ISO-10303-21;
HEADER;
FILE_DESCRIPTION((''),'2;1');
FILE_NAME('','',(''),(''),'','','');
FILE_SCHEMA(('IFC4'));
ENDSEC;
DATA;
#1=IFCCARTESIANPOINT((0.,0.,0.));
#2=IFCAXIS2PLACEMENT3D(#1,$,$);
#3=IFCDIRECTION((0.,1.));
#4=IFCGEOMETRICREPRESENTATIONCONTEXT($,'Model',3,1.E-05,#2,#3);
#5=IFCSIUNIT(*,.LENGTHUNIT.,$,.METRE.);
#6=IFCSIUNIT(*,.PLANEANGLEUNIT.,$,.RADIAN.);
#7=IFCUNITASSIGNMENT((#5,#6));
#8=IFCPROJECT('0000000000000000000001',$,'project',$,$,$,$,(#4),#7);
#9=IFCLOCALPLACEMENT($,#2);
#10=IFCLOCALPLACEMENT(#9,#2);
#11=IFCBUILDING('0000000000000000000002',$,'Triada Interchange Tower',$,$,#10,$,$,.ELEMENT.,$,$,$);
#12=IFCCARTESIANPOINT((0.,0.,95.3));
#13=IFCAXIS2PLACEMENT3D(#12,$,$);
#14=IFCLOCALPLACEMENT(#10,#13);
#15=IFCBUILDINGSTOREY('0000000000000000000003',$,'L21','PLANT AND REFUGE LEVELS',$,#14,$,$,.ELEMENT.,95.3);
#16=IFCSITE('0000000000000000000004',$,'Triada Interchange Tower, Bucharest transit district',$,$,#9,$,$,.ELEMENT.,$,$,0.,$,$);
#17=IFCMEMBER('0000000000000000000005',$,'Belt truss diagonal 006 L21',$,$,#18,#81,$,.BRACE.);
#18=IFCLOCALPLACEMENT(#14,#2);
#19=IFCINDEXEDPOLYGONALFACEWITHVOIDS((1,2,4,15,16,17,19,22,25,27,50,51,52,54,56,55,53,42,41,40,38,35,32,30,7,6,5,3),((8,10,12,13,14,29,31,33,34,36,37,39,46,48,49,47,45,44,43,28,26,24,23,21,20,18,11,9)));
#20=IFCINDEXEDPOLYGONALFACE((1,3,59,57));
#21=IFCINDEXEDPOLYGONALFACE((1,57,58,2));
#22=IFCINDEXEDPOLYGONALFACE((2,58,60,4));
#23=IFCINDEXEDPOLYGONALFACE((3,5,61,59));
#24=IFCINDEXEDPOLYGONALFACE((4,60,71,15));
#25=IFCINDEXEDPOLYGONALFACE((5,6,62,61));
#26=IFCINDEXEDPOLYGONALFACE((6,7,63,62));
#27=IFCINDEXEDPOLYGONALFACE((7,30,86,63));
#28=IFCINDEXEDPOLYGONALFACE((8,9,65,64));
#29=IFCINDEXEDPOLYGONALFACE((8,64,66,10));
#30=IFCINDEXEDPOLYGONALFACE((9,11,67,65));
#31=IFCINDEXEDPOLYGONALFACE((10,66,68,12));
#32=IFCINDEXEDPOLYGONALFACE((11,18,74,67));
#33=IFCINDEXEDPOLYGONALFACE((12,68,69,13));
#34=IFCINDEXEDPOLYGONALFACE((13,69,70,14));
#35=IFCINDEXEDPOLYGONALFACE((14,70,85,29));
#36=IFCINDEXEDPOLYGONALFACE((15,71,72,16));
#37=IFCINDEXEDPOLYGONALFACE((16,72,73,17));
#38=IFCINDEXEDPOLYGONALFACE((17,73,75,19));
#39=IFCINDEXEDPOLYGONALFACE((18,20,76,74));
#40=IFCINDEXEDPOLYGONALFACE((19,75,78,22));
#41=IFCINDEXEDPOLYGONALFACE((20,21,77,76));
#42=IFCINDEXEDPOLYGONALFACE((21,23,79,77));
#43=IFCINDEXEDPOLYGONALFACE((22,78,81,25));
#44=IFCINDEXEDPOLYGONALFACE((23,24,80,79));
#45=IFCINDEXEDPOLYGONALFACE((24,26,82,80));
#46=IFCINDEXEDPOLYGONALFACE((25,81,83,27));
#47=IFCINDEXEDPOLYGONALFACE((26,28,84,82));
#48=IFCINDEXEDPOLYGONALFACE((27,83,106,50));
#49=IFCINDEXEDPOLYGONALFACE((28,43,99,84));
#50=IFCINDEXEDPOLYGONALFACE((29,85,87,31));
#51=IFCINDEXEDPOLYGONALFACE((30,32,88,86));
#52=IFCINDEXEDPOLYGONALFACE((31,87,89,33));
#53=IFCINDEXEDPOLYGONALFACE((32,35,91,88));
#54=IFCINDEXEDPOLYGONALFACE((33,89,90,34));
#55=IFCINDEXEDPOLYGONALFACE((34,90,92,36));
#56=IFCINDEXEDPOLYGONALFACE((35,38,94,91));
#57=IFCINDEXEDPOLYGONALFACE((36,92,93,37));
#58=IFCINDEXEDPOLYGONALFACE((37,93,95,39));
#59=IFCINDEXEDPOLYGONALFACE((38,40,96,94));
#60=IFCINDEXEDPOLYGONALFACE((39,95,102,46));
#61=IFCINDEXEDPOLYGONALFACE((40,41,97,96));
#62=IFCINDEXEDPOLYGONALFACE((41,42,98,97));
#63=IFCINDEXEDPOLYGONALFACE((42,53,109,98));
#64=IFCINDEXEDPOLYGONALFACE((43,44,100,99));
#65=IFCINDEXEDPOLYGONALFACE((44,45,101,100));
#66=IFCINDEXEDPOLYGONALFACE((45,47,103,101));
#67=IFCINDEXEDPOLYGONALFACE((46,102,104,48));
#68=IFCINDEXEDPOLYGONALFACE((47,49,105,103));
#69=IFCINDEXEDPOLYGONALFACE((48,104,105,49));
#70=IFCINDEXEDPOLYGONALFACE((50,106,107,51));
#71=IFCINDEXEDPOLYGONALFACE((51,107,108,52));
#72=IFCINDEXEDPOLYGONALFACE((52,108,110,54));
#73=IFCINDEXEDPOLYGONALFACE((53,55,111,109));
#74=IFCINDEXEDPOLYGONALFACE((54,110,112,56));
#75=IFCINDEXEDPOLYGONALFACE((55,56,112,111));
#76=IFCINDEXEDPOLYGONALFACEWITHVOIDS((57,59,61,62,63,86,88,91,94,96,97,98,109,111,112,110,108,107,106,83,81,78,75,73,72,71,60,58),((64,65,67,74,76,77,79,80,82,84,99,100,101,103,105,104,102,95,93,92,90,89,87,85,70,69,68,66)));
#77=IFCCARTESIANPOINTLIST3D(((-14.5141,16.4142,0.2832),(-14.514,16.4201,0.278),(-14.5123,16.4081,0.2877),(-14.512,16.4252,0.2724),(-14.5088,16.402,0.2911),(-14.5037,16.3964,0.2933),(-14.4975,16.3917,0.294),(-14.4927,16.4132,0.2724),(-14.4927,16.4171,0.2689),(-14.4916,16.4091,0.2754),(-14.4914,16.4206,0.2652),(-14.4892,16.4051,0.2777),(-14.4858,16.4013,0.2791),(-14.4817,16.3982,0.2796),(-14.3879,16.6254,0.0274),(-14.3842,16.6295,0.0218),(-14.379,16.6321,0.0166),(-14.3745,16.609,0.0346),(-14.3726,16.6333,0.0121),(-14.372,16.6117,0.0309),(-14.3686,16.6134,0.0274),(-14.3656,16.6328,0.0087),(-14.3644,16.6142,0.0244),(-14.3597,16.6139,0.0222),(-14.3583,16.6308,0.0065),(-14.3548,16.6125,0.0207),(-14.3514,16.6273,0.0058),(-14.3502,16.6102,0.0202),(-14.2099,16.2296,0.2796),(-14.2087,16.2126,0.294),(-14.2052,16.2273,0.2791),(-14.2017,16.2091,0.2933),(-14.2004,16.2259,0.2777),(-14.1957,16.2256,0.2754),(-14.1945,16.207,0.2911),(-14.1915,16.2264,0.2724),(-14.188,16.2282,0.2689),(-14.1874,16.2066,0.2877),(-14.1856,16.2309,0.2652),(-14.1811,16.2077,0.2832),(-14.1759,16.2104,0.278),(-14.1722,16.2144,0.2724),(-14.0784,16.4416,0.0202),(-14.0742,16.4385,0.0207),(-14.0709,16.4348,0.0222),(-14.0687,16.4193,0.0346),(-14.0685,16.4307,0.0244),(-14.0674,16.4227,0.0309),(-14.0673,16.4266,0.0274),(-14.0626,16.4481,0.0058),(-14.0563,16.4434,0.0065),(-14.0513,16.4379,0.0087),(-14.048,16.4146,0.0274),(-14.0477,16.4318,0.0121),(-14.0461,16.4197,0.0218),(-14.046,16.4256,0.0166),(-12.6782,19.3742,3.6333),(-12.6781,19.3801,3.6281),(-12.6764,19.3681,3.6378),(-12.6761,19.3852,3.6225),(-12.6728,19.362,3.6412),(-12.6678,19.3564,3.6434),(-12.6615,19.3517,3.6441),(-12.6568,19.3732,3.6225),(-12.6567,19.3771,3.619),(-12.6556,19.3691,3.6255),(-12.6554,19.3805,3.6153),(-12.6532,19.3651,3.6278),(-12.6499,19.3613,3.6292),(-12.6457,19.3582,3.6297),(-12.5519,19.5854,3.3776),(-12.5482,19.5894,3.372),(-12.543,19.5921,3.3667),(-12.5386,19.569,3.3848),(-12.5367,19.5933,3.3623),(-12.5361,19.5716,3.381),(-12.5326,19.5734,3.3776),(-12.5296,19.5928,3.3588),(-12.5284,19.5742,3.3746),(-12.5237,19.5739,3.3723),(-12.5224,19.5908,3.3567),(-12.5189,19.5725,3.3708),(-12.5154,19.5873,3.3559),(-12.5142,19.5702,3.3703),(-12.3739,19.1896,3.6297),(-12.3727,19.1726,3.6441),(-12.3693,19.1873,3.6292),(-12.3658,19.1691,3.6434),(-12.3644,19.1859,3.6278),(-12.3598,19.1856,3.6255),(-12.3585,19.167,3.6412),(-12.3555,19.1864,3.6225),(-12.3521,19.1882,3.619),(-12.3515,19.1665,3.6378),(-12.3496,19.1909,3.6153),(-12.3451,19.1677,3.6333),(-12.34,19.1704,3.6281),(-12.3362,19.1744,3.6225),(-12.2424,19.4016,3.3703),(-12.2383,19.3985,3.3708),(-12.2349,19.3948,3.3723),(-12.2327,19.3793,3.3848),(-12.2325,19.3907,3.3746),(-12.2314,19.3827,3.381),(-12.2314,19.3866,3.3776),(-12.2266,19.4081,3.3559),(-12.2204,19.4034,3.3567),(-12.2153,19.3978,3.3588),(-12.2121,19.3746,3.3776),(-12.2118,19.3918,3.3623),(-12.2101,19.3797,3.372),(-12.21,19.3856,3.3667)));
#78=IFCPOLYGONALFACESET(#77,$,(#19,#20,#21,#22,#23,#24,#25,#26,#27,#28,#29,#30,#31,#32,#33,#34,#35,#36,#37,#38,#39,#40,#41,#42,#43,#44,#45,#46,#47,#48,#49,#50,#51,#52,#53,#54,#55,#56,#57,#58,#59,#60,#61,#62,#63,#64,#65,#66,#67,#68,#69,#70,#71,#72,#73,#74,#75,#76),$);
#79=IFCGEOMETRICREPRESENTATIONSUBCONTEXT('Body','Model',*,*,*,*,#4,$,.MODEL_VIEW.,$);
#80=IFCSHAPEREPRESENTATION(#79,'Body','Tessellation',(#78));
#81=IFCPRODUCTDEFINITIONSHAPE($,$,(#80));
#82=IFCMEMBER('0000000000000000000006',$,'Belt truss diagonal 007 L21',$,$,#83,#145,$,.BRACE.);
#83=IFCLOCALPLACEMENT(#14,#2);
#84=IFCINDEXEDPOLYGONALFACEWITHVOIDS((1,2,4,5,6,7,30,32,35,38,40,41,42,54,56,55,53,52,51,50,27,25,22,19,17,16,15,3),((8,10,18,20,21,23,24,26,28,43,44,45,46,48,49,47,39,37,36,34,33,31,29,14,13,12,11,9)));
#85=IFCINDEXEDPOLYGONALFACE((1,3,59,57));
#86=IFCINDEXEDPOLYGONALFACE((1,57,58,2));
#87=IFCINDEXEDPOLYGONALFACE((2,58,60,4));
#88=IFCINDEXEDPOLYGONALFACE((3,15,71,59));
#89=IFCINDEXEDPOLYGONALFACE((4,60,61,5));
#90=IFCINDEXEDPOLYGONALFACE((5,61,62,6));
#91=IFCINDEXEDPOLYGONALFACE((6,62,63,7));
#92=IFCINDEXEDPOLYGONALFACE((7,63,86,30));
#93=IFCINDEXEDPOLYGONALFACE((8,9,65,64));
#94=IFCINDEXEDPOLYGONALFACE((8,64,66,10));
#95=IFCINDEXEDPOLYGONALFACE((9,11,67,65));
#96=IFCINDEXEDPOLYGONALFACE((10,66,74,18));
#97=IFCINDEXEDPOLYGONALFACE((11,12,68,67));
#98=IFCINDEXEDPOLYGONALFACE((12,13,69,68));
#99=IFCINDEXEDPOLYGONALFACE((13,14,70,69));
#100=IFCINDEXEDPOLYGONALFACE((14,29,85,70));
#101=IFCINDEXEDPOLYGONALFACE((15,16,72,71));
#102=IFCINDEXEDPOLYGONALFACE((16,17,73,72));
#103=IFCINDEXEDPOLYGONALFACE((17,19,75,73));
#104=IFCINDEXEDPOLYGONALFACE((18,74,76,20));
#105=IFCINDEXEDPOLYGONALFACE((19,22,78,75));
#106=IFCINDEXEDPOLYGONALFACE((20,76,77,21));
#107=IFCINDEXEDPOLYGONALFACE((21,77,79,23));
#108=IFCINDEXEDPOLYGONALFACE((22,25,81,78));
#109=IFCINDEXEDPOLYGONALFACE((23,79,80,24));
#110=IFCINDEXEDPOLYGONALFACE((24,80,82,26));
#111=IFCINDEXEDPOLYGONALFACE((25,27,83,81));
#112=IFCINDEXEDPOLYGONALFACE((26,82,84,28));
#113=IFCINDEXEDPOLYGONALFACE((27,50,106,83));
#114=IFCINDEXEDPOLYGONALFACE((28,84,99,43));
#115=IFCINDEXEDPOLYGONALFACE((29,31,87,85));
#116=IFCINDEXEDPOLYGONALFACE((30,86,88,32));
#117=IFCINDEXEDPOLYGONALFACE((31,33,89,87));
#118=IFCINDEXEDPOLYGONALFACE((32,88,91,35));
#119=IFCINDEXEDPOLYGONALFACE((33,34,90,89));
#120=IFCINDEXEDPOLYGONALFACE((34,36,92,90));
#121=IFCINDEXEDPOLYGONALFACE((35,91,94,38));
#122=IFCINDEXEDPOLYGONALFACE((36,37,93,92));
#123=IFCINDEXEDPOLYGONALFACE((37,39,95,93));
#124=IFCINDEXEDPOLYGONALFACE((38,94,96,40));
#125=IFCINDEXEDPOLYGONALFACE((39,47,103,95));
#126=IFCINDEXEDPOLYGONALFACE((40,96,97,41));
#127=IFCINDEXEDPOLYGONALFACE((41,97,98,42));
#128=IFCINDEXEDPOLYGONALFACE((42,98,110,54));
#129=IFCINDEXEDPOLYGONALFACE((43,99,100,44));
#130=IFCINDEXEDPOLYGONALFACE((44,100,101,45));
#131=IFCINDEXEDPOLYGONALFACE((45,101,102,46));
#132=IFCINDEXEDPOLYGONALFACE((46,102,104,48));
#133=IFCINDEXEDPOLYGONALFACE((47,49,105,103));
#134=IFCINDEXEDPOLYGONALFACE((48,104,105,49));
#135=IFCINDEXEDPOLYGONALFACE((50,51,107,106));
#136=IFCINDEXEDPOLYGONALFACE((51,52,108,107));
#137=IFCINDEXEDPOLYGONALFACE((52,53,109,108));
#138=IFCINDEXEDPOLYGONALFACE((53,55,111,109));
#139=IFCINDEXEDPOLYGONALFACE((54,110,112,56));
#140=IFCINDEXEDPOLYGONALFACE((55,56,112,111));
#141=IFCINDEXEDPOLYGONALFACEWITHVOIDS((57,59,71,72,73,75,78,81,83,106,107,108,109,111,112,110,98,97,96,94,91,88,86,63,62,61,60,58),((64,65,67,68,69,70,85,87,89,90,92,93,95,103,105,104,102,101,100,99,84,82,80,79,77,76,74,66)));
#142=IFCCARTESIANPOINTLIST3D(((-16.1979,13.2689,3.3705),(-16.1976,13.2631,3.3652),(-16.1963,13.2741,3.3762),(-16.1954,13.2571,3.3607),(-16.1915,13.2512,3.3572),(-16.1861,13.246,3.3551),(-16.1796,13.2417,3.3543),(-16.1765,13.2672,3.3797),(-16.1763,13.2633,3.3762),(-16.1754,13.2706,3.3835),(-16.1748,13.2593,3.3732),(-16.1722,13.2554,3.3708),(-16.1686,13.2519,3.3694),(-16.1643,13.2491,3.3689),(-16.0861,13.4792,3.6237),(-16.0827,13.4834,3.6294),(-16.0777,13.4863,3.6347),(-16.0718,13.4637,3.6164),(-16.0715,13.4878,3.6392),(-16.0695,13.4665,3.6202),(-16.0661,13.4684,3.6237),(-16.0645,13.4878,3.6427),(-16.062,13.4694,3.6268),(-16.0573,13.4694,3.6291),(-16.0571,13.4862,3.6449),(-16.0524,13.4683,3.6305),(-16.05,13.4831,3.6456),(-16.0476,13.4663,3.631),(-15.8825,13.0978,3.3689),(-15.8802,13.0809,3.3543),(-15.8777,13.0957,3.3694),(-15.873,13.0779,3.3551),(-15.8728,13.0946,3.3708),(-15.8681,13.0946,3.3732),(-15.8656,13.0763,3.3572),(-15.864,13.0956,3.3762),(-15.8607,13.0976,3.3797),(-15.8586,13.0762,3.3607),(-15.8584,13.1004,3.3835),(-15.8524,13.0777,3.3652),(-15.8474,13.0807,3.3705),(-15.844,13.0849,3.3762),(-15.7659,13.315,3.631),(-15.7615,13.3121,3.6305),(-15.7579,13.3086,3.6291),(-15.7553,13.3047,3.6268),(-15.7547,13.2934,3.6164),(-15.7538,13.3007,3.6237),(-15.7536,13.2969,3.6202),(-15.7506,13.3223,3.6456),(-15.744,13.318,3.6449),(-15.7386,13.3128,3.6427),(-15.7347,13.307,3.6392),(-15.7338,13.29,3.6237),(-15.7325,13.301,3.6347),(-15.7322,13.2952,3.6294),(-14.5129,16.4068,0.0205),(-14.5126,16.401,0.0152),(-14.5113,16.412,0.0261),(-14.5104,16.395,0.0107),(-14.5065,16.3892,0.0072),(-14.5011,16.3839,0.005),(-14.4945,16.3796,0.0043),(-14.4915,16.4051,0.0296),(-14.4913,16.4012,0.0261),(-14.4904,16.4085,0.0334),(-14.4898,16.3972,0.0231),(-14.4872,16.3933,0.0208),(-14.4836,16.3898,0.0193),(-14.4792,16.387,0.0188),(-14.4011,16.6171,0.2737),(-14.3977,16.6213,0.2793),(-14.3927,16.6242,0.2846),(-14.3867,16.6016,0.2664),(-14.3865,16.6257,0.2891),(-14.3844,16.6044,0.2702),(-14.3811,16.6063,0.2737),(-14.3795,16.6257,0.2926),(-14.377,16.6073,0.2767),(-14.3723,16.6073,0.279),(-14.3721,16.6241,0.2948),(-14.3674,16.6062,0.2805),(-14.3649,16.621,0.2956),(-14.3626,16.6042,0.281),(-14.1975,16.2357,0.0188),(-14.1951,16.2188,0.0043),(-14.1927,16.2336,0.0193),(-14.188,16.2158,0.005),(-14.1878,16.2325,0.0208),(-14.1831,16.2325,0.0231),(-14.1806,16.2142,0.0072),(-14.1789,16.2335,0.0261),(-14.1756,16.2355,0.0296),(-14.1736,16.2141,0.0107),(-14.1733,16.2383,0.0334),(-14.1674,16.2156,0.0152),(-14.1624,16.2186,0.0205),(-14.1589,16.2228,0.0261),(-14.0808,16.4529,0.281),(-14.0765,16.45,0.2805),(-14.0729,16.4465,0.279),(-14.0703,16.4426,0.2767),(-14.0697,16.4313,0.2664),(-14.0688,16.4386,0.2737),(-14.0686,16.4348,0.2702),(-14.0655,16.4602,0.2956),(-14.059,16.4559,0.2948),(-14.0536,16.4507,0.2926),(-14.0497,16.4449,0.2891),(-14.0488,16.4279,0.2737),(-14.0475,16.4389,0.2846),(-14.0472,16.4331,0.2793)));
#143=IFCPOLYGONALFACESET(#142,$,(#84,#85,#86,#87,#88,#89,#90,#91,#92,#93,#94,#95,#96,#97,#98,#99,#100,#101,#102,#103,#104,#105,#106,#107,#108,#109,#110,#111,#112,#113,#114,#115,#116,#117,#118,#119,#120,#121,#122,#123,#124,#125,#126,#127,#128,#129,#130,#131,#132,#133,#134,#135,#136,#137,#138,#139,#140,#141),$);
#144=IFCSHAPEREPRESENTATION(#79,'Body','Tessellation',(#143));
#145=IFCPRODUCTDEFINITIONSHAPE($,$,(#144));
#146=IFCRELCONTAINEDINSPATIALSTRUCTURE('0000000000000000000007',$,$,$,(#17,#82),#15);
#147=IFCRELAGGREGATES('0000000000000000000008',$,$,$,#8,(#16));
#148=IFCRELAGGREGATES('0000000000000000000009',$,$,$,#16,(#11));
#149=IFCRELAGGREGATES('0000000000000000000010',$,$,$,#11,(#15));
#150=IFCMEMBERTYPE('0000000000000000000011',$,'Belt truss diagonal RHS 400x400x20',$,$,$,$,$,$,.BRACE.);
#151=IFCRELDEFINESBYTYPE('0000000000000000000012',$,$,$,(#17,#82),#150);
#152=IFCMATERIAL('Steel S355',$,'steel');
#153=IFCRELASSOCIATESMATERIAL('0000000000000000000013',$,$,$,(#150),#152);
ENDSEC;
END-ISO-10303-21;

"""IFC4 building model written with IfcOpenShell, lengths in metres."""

from ifc_helpers import new_model, si_unit, direction, frame, origin, origin_2d, place, context, subcontext, project, spatial, hollow_rectangle, extrude, material, material_profile, profile_set, type_object, element, save


model = new_model("IFC4")

# Units and contexts
model_context = context("Model", 3, precision=1e-05, world=origin(), true_north=direction((0.0, 1.0)))
body_context = subcontext(model_context, "Body", "Model", "MODEL_VIEW")
ifc_project = project(units=[si_unit("LENGTHUNIT", "METRE"), si_unit("PLANEANGLEUNIT", "RADIAN")], contexts=[model_context])

# Site, building, storey
site_placement = place(None, origin())
site = spatial("IfcSite", under=ifc_project, at=site_placement, Name="Triada Interchange Tower, Bucharest transit district", CompositionType="ELEMENT", RefElevation=0.0)
building_placement = place(site_placement, origin())
building = spatial("IfcBuilding", under=site, at=building_placement, Name="Triada Interchange Tower", CompositionType="ELEMENT")
storey_placement = place(building_placement, frame((0.0, 0.0, 95.3)))
storey = spatial("IfcBuildingStorey", under=building, at=storey_placement, Name="L21", Description="PLANT AND REFUGE LEVELS", CompositionType="ELEMENT", Elevation=95.3)

# Members
ifc_material_1 = material(Name="Steel S355", Category="steel")
ifc_material_profile_1 = material_profile(ifc_material_1, hollow_rectangle(XDim=0.3999, YDim=0.3999, WallThickness=0.02, InnerFilletRadius=0.02, OuterFilletRadius=0.03, at=origin_2d()), Name="RHS 400x400x20")
ifc_profile_set_1 = profile_set([ifc_material_profile_1], Name="Steel S355")
member_type = type_object("IfcMemberType", Name="Belt truss diagonal RHS 400x400x20", PredefinedType="BRACE", material=ifc_profile_set_1)
member_1_placement = place(storey_placement, frame((-14.28, 16.4199, 0.1499), z_axis=(0.379897, 0.612483, 0.693212), x_axis=(-0.849805, 0.527098, 0.0)))
element("IfcMember", 1, at=member_1_placement, inside=storey, type_object=member_type, Name="Belt truss diagonal 006 L21", PredefinedType="BRACE", context=body_context, shape_type="SweptSolid", body=[
    extrude(hollow_rectangle(XDim=0.3999, YDim=0.3999, WallThickness=0.02, InnerFilletRadius=0.02, OuterFilletRadius=0.03, at=origin_2d()), origin(), (0.0, 0.0, 1.0), 4.8328),
])
member_2_placement = place(storey_placement, frame((-14.28, 16.4199, 0.1499), z_axis=(-0.344613, -0.641744, 0.685133), x_axis=(0.88101, -0.473098, 0.0)))
element("IfcMember", 2, at=member_2_placement, inside=storey, type_object=member_type, Name="Belt truss diagonal 007 L21", PredefinedType="BRACE", context=body_context, shape_type="SweptSolid", body=[
    extrude(hollow_rectangle(XDim=0.3999, YDim=0.3999, WallThickness=0.02, InnerFilletRadius=0.02, OuterFilletRadius=0.03, at=origin_2d()), origin(), (0.0, 0.0, 1.0), 4.8896),
])

save(model, "model.ifc")
